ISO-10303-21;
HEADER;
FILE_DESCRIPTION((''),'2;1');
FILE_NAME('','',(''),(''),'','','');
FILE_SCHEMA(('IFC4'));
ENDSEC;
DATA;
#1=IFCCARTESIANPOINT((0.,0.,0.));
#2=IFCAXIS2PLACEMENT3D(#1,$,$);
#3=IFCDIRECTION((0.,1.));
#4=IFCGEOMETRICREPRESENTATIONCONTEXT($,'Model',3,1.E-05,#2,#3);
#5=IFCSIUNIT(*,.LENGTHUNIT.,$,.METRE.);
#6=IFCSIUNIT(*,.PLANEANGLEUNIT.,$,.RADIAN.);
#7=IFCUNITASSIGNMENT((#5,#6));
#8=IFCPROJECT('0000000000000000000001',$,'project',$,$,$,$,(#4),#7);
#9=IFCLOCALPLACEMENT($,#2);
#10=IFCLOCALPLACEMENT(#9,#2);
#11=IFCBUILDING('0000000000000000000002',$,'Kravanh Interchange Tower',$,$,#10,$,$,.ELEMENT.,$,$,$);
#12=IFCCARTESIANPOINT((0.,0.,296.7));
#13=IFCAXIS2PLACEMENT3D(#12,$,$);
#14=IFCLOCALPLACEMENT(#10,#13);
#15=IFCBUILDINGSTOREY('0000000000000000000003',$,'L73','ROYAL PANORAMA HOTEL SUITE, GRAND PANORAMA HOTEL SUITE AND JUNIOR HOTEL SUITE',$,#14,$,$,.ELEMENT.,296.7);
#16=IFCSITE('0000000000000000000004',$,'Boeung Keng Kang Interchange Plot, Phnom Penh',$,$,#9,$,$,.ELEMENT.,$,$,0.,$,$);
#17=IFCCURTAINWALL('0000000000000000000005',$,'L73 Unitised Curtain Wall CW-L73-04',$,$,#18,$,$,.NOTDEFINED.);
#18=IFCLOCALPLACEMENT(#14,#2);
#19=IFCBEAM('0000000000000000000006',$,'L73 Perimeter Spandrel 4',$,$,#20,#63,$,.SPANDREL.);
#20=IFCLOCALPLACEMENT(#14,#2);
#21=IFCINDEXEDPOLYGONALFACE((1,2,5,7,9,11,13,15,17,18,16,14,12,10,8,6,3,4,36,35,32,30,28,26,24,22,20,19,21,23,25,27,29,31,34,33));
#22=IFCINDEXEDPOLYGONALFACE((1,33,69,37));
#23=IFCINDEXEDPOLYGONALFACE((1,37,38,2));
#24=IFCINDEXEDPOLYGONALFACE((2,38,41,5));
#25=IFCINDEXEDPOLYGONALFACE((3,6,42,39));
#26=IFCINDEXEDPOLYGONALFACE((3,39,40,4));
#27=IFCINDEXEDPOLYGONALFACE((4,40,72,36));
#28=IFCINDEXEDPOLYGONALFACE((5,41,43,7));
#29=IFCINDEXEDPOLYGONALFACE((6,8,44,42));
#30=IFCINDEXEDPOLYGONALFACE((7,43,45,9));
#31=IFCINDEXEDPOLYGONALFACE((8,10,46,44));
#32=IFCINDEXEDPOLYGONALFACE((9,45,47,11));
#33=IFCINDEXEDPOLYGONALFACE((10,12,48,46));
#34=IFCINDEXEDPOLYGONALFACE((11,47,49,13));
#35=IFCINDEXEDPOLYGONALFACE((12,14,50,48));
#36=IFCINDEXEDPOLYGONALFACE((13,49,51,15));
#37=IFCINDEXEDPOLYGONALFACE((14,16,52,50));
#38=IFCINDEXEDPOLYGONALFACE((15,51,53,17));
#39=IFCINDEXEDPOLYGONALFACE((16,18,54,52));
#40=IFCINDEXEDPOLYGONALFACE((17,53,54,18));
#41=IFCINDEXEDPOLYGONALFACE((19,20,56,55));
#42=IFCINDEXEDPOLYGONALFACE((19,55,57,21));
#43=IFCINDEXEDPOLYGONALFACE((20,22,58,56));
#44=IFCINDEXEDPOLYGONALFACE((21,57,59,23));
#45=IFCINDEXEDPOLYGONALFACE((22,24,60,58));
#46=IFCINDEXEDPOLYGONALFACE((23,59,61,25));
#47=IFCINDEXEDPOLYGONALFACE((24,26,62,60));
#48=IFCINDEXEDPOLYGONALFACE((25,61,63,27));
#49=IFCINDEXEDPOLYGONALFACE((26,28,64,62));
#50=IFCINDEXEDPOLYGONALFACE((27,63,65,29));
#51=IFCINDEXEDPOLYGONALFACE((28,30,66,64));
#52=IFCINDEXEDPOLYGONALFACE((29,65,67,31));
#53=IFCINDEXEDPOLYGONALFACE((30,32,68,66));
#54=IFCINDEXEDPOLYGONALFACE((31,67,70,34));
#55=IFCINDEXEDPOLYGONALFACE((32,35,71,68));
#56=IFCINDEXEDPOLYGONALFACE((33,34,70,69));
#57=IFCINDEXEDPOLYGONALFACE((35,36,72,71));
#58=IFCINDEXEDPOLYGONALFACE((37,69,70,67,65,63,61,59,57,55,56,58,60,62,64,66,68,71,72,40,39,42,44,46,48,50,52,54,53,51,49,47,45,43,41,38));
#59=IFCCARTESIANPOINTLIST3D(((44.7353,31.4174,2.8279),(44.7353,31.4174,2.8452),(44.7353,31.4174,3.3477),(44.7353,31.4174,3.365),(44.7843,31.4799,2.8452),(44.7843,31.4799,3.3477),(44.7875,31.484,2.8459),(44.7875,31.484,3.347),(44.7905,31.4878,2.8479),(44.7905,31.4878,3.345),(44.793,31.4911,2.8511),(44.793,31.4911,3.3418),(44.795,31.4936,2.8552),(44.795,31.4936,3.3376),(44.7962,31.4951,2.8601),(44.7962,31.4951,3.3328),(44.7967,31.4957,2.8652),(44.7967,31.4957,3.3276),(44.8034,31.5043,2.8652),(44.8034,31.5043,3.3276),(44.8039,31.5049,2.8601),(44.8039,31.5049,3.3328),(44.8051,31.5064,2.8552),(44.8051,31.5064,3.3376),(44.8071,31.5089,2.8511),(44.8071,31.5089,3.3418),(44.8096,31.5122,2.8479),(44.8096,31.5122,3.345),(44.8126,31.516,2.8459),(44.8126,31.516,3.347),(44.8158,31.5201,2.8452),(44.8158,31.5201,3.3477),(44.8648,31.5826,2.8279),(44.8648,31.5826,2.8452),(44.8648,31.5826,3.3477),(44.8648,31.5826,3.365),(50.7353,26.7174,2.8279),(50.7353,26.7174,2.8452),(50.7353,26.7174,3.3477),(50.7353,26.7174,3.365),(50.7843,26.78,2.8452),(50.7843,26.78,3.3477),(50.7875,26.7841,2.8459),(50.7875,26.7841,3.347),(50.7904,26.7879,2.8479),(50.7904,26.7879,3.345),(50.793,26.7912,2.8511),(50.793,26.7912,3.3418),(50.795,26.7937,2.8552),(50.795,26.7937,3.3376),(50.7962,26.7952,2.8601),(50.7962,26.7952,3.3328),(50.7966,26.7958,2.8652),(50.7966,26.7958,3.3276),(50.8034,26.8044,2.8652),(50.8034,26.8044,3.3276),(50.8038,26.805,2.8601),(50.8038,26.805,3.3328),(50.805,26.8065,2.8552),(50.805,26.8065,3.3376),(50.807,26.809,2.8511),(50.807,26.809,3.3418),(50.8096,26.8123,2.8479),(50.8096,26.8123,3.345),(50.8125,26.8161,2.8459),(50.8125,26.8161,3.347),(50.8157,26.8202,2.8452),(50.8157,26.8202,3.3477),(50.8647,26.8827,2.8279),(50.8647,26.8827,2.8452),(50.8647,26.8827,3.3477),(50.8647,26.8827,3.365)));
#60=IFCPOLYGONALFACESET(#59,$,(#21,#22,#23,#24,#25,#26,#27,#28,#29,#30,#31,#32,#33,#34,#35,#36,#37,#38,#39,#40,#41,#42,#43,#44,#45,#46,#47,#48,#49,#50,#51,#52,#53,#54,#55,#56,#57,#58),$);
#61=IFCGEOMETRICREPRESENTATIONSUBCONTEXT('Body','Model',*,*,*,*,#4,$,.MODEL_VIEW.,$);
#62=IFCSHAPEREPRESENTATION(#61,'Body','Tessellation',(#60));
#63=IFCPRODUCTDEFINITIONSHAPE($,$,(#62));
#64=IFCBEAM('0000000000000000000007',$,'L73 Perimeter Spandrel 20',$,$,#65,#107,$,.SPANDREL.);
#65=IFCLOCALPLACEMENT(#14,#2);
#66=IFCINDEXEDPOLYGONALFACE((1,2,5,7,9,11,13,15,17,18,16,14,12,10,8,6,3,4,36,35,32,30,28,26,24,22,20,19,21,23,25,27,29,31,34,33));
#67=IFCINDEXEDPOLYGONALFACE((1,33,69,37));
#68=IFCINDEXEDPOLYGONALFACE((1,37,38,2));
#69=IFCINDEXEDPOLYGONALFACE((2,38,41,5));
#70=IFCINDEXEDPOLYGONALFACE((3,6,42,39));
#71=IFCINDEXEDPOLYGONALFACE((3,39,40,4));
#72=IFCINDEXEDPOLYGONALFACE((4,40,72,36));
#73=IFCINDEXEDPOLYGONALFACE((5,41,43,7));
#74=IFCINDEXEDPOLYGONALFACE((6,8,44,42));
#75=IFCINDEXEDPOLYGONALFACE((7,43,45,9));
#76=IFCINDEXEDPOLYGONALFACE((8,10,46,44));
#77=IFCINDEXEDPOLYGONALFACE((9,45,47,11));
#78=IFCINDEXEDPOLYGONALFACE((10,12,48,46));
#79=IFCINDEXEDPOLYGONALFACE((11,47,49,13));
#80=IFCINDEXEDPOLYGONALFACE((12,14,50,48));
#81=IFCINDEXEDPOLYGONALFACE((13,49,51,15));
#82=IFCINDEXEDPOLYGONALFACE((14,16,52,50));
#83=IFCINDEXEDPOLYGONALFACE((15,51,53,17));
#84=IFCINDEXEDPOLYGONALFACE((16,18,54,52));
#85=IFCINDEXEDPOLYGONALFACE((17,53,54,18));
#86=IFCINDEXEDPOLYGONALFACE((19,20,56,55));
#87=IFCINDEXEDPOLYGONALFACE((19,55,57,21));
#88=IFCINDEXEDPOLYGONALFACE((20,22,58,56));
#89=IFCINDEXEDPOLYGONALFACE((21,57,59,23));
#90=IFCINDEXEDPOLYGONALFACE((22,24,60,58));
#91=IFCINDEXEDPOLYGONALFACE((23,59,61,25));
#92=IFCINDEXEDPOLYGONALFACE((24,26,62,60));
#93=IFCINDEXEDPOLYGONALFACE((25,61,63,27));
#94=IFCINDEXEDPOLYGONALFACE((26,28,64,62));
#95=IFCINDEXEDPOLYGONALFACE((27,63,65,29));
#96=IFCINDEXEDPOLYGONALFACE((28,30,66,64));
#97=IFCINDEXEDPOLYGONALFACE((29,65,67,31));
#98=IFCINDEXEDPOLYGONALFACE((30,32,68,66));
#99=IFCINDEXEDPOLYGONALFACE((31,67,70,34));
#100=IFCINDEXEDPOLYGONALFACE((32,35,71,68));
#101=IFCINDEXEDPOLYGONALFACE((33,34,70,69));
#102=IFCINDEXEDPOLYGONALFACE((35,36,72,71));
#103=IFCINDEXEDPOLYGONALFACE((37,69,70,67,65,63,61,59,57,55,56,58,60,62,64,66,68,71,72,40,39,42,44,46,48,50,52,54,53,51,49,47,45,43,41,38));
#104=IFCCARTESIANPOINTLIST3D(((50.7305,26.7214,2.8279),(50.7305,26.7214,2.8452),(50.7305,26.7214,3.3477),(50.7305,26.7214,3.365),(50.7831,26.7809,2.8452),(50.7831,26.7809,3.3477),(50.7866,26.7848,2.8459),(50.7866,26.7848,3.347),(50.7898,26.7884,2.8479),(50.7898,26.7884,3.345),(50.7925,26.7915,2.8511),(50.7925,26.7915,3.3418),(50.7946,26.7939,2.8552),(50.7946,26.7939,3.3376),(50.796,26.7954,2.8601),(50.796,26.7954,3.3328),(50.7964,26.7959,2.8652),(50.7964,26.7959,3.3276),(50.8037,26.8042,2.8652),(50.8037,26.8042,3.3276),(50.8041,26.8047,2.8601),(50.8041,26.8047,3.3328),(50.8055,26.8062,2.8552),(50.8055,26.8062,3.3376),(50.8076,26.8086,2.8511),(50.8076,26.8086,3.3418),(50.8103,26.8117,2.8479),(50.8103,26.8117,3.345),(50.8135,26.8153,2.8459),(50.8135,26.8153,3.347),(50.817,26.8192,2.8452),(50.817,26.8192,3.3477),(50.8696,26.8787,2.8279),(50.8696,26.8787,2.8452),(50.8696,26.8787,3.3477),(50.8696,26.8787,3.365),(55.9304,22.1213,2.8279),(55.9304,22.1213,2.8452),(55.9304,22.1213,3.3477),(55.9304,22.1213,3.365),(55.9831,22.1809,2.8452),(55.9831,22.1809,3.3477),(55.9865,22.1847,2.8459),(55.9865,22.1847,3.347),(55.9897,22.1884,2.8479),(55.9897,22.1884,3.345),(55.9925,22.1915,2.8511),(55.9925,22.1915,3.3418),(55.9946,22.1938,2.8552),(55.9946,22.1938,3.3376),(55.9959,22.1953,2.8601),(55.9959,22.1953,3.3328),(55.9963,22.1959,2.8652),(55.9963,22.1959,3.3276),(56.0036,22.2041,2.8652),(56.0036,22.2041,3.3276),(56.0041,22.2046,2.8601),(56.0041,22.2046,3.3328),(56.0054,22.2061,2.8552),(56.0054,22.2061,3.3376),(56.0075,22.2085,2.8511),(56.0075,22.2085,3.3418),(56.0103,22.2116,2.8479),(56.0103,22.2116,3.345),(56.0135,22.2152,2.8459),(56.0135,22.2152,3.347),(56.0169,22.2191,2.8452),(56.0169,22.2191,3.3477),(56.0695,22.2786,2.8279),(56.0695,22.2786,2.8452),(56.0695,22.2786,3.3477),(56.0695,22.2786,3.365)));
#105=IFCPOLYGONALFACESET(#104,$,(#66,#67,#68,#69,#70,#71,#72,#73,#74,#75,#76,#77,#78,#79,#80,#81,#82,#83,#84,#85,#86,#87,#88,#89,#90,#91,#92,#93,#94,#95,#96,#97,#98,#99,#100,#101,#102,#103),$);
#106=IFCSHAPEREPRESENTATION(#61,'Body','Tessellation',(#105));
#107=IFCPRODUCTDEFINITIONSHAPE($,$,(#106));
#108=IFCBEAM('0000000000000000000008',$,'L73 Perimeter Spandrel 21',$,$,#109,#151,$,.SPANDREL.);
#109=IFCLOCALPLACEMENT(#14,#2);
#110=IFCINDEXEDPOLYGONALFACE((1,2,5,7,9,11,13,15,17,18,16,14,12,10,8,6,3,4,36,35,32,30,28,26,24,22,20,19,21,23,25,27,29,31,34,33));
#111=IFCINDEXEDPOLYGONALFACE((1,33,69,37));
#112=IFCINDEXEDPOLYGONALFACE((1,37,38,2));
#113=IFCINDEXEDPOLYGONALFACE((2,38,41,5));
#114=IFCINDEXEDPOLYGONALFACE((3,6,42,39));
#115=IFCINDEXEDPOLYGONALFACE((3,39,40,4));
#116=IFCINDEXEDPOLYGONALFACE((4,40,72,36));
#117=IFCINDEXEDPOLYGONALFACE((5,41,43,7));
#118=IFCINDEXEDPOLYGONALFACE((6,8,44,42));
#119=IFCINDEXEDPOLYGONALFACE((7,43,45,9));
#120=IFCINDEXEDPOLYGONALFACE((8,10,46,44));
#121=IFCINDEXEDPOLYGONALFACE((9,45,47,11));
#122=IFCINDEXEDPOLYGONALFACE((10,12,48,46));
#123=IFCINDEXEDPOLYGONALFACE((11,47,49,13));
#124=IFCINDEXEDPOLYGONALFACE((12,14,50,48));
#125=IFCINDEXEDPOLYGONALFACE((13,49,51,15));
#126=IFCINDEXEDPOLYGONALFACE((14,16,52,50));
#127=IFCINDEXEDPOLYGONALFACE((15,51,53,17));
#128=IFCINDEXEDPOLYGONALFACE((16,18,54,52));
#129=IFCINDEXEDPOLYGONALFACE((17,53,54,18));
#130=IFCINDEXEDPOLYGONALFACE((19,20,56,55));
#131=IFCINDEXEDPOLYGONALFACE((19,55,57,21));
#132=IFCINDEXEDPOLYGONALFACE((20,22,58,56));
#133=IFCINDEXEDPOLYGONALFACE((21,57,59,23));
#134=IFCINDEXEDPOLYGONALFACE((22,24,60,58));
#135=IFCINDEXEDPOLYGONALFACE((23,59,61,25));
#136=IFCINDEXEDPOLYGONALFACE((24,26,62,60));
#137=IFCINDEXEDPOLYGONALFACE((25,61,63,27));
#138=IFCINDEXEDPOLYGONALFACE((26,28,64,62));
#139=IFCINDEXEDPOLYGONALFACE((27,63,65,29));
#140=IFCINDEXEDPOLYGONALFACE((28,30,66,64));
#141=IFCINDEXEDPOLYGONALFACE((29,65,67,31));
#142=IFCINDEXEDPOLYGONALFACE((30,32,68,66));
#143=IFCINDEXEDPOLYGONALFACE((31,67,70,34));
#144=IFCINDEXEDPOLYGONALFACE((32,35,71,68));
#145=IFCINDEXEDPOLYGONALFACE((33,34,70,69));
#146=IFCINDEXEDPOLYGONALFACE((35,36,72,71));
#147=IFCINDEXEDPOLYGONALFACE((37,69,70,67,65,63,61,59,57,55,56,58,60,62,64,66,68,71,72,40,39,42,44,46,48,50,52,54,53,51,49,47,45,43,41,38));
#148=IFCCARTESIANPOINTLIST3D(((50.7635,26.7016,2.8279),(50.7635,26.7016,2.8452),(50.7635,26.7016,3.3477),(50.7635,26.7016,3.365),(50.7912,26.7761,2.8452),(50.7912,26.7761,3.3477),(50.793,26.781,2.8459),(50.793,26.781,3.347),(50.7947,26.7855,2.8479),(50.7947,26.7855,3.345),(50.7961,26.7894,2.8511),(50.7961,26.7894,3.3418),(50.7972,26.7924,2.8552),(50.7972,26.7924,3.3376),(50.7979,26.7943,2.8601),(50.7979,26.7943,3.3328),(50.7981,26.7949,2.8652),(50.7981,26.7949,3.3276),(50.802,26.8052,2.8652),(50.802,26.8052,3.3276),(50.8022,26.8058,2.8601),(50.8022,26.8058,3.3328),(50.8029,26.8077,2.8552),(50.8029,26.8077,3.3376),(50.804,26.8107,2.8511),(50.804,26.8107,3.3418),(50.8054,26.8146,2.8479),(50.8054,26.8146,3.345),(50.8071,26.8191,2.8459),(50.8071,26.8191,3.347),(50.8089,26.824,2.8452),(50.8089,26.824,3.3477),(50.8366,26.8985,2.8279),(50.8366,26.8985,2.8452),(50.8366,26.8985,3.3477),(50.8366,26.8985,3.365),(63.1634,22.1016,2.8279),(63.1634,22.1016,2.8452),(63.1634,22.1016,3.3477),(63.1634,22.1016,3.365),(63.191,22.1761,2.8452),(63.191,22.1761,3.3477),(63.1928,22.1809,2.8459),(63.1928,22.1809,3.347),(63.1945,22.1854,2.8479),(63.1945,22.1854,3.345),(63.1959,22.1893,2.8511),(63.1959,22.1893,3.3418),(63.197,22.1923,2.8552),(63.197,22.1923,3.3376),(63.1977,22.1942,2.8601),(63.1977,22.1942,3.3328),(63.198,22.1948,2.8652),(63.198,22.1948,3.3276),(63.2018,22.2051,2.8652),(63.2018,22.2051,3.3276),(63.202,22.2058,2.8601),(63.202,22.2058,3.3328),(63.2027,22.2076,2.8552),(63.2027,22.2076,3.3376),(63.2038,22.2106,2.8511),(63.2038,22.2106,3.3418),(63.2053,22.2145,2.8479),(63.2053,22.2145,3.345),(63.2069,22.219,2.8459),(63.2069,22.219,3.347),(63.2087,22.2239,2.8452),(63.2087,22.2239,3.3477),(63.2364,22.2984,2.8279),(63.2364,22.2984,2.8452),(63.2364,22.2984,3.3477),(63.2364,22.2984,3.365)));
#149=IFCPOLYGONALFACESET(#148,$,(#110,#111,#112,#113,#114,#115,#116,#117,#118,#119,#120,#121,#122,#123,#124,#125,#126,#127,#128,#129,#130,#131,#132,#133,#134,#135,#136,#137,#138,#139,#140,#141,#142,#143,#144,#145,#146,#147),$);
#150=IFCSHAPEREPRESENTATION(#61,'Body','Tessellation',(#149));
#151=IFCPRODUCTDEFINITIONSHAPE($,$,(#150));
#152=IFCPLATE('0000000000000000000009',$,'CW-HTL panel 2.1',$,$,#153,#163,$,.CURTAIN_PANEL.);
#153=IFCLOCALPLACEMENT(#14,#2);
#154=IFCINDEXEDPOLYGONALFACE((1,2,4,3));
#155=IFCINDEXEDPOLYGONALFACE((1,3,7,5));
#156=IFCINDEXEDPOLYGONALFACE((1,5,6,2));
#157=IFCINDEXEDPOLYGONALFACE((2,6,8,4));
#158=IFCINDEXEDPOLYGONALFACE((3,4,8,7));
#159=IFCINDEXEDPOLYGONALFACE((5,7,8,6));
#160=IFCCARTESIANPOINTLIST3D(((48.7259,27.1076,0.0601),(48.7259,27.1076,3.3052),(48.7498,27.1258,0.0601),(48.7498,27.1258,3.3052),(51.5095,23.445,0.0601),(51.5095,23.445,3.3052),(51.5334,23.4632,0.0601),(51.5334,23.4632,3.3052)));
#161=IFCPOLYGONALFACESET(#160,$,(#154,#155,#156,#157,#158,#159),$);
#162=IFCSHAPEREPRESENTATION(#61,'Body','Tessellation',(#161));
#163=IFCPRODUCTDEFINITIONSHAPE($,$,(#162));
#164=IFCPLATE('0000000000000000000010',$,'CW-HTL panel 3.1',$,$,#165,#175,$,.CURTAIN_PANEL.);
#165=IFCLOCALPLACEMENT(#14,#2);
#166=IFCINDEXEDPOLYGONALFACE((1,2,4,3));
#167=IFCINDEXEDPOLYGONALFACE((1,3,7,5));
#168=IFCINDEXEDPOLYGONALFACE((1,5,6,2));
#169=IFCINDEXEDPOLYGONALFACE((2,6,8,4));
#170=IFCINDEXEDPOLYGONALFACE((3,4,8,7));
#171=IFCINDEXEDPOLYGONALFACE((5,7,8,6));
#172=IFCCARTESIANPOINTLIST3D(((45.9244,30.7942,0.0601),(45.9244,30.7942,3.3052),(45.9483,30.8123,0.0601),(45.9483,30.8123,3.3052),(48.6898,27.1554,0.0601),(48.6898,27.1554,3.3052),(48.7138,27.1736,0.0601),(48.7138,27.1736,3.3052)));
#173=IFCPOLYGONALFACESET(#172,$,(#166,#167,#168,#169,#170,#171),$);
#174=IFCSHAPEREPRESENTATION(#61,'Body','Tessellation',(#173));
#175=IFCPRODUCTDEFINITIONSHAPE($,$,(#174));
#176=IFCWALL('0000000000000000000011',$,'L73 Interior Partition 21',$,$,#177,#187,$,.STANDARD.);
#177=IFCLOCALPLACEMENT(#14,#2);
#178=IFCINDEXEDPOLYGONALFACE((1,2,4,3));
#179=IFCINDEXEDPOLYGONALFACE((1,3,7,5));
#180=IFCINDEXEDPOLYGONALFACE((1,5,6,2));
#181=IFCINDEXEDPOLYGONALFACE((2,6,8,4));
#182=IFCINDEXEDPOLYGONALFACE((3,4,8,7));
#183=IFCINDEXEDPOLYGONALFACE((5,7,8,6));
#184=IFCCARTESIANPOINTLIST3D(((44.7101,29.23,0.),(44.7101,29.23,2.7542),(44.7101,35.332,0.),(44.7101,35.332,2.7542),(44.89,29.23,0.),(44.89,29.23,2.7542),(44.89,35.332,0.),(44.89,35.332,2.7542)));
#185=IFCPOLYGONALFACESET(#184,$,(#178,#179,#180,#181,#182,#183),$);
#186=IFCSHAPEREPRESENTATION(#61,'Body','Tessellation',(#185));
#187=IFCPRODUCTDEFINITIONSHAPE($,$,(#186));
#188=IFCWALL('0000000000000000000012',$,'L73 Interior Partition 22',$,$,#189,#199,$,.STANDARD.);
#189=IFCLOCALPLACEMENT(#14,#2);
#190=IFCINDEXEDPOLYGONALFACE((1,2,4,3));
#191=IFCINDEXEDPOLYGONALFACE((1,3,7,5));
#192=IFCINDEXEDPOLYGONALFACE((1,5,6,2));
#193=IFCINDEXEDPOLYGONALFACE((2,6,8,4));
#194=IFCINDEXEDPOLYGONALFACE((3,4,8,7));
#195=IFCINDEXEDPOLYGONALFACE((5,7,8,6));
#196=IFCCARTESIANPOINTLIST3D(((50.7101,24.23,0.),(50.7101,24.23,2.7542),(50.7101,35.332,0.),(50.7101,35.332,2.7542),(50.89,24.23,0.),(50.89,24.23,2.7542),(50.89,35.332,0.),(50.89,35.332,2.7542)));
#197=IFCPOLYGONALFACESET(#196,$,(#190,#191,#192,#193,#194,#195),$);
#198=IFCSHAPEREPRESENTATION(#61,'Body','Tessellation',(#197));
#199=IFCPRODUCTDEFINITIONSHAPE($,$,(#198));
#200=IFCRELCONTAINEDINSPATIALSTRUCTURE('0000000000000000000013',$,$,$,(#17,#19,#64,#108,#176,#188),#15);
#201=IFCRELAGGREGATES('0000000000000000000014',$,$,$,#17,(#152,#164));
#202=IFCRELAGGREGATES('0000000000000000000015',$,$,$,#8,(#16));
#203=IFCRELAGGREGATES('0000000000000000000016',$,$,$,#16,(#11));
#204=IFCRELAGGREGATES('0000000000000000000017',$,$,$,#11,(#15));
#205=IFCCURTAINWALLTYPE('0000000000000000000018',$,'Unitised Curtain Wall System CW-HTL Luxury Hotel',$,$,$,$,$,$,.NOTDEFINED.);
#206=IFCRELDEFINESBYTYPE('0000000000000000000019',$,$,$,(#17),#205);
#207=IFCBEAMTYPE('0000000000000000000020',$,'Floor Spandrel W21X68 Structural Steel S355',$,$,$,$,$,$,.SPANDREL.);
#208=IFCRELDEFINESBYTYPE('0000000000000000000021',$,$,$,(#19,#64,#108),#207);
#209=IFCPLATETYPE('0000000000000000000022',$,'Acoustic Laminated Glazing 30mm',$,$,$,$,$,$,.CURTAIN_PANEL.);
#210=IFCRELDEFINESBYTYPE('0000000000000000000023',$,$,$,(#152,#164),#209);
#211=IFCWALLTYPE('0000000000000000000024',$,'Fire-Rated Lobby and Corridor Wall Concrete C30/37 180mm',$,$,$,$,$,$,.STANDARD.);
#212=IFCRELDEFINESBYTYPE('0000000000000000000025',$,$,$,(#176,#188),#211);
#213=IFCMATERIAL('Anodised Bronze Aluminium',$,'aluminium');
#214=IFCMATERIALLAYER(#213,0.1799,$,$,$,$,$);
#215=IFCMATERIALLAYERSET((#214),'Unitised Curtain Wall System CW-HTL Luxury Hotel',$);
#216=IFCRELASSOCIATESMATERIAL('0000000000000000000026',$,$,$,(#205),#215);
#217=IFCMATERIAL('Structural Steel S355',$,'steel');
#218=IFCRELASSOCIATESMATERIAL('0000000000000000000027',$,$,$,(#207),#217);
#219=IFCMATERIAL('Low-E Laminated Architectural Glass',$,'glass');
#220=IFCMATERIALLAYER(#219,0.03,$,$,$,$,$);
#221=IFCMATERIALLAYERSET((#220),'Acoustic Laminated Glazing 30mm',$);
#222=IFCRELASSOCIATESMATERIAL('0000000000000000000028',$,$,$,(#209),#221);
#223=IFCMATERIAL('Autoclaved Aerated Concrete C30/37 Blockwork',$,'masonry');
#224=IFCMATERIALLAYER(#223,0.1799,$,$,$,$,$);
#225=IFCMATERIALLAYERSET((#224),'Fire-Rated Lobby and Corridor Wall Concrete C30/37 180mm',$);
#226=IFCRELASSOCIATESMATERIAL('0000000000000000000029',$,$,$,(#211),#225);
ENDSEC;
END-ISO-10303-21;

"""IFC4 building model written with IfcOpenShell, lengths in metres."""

from ifc_helpers import new_model, si_unit, direction, frame, frame_2d, origin, origin_2d, place, context, subcontext, project, spatial, rectangle, i_section, extrude, material, layer, layer_set, material_profile, profile_set, type_object, element, aggregate, save


model = new_model("IFC4")

# Units and contexts
model_context = context("Model", 3, precision=1e-05, world=origin(), true_north=direction((0.0, 1.0)))
body_context = subcontext(model_context, "Body", "Model", "MODEL_VIEW")
ifc_project = project(units=[si_unit("LENGTHUNIT", "METRE"), si_unit("PLANEANGLEUNIT", "RADIAN")], contexts=[model_context])

# Site, building, storey
site_placement = place(None, origin())
site = spatial("IfcSite", under=ifc_project, at=site_placement, Name="Boeung Keng Kang Interchange Plot, Phnom Penh", CompositionType="ELEMENT", RefElevation=0.0)
building_placement = place(site_placement, origin())
building = spatial("IfcBuilding", under=site, at=building_placement, Name="Kravanh Interchange Tower", CompositionType="ELEMENT")
storey_placement = place(building_placement, frame((0.0, 0.0, 296.7)))
storey = spatial("IfcBuildingStorey", under=building, at=storey_placement, Name="L73", Description="ROYAL PANORAMA HOTEL SUITE, GRAND PANORAMA HOTEL SUITE AND JUNIOR HOTEL SUITE", CompositionType="ELEMENT", Elevation=296.7)

# Curtain wall
ifc_material_1 = material(Name="Anodised Bronze Aluminium", Category="aluminium")
ifc_layer_1 = layer(ifc_material_1, 0.1799)
ifc_layer_set_1 = layer_set([ifc_layer_1], Name="Unitised Curtain Wall System CW-HTL Luxury Hotel")
curtain_wall_type = type_object("IfcCurtainWallType", Name="Unitised Curtain Wall System CW-HTL Luxury Hotel", PredefinedType="NOTDEFINED", material=ifc_layer_set_1)
curtain_wall_1_placement = place(storey_placement, origin())
curtain_wall_1 = element("IfcCurtainWall", 1, at=curtain_wall_1_placement, inside=storey, type_object=curtain_wall_type, Name="L73 Unitised Curtain Wall CW-L73-04", PredefinedType="NOTDEFINED")

# Beams
ifc_material_2 = material(Name="Structural Steel S355", Category="steel")
ifc_material_profile_1 = material_profile(ifc_material_2, i_section(OverallWidth=0.21, OverallDepth=0.5371, WebThickness=0.011, FlangeThickness=0.0173, FilletRadius=0.02, at=origin_2d()), Name="W21X68")
ifc_profile_set_1 = profile_set([ifc_material_profile_1], Name="Structural Steel S355")
beam_type_1 = type_object("IfcBeamType", Name="Floor Spandrel W21X68 Structural Steel S355", PredefinedType="SPANDREL", material=ifc_profile_set_1)
beam_1_placement = place(storey_placement, frame((44.8, 31.5, 3.0964), z_axis=(0.787231, -0.616658, 0.0), x_axis=(0.616658, 0.787231, 0.0)))
element("IfcBeam", 2, at=beam_1_placement, inside=storey, type_object=beam_type_1, Name="L73 Perimeter Spandrel 4", PredefinedType="SPANDREL", context=body_context, shape_type="SweptSolid", body=[
    extrude(i_section(OverallWidth=0.21, OverallDepth=0.5371, WebThickness=0.011, FlangeThickness=0.0173, FilletRadius=0.02, at=origin_2d()), origin(), (0.0, 0.0, 1.0), 7.6216),
])
beam_2_placement = place(storey_placement, frame((50.8, 26.8, 3.0964), z_axis=(0.748986, -0.662585, 0.0), x_axis=(0.662585, 0.748986, 0.0)))
element("IfcBeam", 3, at=beam_2_placement, inside=storey, type_object=beam_type_1, Name="L73 Perimeter Spandrel 20", PredefinedType="SPANDREL", context=body_context, shape_type="SweptSolid", body=[
    extrude(i_section(OverallWidth=0.21, OverallDepth=0.5371, WebThickness=0.011, FlangeThickness=0.0173, FilletRadius=0.02, at=origin_2d()), origin(), (0.0, 0.0, 1.0), 6.9426),
])
beam_3_placement = place(storey_placement, frame((50.8, 26.8, 3.0964), z_axis=(0.937563, -0.347816, 0.0), x_axis=(0.347816, 0.937563, 0.0)))
element("IfcBeam", 4, at=beam_3_placement, inside=storey, type_object=beam_type_1, Name="L73 Perimeter Spandrel 21", PredefinedType="SPANDREL", context=body_context, shape_type="SweptSolid", body=[
    extrude(i_section(OverallWidth=0.21, OverallDepth=0.5371, WebThickness=0.011, FlangeThickness=0.0173, FilletRadius=0.02, at=origin_2d()), origin(), (0.0, 0.0, 1.0), 13.2256),
])

# Plates
ifc_material_3 = material(Name="Low-E Laminated Architectural Glass", Category="glass")
ifc_layer_2 = layer(ifc_material_3, 0.03)
ifc_layer_set_2 = layer_set([ifc_layer_2], Name="Acoustic Laminated Glazing 30mm")
plate_type = type_object("IfcPlateType", Name="Acoustic Laminated Glazing 30mm", PredefinedType="CURTAIN_PANEL", material=ifc_layer_set_2)
plate_1_placement = place(storey_placement, frame((50.1296, 25.2854, 0.0601), z_axis=(0.0, 0.0, 1.0), x_axis=(-0.605084, 0.796162, 0.0)))
plate_1 = element("IfcPlate", 5, at=plate_1_placement, type_object=plate_type, Name="CW-HTL panel 2.1", PredefinedType="CURTAIN_PANEL", context=body_context, shape_type="SweptSolid", body=[
    extrude(rectangle(XDim=4.6003, YDim=0.03, at=origin_2d()), origin(), (0.0, 0.0, 1.0), 3.2451),
])
plate_2_placement = place(storey_placement, frame((47.3191, 28.9839, 0.0601), z_axis=(0.0, 0.0, 1.0), x_axis=(-0.605084, 0.796162, 0.0)))
plate_2 = element("IfcPlate", 6, at=plate_2_placement, type_object=plate_type, Name="CW-HTL panel 3.1", PredefinedType="CURTAIN_PANEL", context=body_context, shape_type="SweptSolid", body=[
    extrude(rectangle(XDim=4.5703, YDim=0.03, at=origin_2d()), origin(), (0.0, 0.0, 1.0), 3.2451),
])
aggregate(curtain_wall_1, [plate_1, plate_2])

# Walls
ifc_material_4 = material(Name="Autoclaved Aerated Concrete C30/37 Blockwork", Category="masonry")
ifc_layer_3 = layer(ifc_material_4, 0.1799)
ifc_layer_set_3 = layer_set([ifc_layer_3], Name="Fire-Rated Lobby and Corridor Wall Concrete C30/37 180mm")
wall_type = type_object("IfcWallType", Name="Fire-Rated Lobby and Corridor Wall Concrete C30/37 180mm", PredefinedType="STANDARD", material=ifc_layer_set_3)
wall_1_placement = place(storey_placement, frame((44.8, 29.23, 0.0), z_axis=(0.0, 0.0, 1.0), x_axis=(0.0, 1.0, 0.0)))
element("IfcWall", 7, at=wall_1_placement, inside=storey, type_object=wall_type, Name="L73 Interior Partition 21", PredefinedType="STANDARD", context=body_context, shape_type="SweptSolid", body=[
    extrude(rectangle(XDim=6.1021, YDim=0.1799, at=frame_2d((3.051, 0.0))), origin(), (0.0, 0.0, 1.0), 2.7542),
])
wall_2_placement = place(storey_placement, frame((50.8, 24.23, 0.0), z_axis=(0.0, 0.0, 1.0), x_axis=(0.0, 1.0, 0.0)))
element("IfcWall", 8, at=wall_2_placement, inside=storey, type_object=wall_type, Name="L73 Interior Partition 22", PredefinedType="STANDARD", context=body_context, shape_type="SweptSolid", body=[
    extrude(rectangle(XDim=11.1021, YDim=0.1799, at=frame_2d((5.551, 0.0))), origin(), (0.0, 0.0, 1.0), 2.7542),
])

save(model, "model.ifc")
